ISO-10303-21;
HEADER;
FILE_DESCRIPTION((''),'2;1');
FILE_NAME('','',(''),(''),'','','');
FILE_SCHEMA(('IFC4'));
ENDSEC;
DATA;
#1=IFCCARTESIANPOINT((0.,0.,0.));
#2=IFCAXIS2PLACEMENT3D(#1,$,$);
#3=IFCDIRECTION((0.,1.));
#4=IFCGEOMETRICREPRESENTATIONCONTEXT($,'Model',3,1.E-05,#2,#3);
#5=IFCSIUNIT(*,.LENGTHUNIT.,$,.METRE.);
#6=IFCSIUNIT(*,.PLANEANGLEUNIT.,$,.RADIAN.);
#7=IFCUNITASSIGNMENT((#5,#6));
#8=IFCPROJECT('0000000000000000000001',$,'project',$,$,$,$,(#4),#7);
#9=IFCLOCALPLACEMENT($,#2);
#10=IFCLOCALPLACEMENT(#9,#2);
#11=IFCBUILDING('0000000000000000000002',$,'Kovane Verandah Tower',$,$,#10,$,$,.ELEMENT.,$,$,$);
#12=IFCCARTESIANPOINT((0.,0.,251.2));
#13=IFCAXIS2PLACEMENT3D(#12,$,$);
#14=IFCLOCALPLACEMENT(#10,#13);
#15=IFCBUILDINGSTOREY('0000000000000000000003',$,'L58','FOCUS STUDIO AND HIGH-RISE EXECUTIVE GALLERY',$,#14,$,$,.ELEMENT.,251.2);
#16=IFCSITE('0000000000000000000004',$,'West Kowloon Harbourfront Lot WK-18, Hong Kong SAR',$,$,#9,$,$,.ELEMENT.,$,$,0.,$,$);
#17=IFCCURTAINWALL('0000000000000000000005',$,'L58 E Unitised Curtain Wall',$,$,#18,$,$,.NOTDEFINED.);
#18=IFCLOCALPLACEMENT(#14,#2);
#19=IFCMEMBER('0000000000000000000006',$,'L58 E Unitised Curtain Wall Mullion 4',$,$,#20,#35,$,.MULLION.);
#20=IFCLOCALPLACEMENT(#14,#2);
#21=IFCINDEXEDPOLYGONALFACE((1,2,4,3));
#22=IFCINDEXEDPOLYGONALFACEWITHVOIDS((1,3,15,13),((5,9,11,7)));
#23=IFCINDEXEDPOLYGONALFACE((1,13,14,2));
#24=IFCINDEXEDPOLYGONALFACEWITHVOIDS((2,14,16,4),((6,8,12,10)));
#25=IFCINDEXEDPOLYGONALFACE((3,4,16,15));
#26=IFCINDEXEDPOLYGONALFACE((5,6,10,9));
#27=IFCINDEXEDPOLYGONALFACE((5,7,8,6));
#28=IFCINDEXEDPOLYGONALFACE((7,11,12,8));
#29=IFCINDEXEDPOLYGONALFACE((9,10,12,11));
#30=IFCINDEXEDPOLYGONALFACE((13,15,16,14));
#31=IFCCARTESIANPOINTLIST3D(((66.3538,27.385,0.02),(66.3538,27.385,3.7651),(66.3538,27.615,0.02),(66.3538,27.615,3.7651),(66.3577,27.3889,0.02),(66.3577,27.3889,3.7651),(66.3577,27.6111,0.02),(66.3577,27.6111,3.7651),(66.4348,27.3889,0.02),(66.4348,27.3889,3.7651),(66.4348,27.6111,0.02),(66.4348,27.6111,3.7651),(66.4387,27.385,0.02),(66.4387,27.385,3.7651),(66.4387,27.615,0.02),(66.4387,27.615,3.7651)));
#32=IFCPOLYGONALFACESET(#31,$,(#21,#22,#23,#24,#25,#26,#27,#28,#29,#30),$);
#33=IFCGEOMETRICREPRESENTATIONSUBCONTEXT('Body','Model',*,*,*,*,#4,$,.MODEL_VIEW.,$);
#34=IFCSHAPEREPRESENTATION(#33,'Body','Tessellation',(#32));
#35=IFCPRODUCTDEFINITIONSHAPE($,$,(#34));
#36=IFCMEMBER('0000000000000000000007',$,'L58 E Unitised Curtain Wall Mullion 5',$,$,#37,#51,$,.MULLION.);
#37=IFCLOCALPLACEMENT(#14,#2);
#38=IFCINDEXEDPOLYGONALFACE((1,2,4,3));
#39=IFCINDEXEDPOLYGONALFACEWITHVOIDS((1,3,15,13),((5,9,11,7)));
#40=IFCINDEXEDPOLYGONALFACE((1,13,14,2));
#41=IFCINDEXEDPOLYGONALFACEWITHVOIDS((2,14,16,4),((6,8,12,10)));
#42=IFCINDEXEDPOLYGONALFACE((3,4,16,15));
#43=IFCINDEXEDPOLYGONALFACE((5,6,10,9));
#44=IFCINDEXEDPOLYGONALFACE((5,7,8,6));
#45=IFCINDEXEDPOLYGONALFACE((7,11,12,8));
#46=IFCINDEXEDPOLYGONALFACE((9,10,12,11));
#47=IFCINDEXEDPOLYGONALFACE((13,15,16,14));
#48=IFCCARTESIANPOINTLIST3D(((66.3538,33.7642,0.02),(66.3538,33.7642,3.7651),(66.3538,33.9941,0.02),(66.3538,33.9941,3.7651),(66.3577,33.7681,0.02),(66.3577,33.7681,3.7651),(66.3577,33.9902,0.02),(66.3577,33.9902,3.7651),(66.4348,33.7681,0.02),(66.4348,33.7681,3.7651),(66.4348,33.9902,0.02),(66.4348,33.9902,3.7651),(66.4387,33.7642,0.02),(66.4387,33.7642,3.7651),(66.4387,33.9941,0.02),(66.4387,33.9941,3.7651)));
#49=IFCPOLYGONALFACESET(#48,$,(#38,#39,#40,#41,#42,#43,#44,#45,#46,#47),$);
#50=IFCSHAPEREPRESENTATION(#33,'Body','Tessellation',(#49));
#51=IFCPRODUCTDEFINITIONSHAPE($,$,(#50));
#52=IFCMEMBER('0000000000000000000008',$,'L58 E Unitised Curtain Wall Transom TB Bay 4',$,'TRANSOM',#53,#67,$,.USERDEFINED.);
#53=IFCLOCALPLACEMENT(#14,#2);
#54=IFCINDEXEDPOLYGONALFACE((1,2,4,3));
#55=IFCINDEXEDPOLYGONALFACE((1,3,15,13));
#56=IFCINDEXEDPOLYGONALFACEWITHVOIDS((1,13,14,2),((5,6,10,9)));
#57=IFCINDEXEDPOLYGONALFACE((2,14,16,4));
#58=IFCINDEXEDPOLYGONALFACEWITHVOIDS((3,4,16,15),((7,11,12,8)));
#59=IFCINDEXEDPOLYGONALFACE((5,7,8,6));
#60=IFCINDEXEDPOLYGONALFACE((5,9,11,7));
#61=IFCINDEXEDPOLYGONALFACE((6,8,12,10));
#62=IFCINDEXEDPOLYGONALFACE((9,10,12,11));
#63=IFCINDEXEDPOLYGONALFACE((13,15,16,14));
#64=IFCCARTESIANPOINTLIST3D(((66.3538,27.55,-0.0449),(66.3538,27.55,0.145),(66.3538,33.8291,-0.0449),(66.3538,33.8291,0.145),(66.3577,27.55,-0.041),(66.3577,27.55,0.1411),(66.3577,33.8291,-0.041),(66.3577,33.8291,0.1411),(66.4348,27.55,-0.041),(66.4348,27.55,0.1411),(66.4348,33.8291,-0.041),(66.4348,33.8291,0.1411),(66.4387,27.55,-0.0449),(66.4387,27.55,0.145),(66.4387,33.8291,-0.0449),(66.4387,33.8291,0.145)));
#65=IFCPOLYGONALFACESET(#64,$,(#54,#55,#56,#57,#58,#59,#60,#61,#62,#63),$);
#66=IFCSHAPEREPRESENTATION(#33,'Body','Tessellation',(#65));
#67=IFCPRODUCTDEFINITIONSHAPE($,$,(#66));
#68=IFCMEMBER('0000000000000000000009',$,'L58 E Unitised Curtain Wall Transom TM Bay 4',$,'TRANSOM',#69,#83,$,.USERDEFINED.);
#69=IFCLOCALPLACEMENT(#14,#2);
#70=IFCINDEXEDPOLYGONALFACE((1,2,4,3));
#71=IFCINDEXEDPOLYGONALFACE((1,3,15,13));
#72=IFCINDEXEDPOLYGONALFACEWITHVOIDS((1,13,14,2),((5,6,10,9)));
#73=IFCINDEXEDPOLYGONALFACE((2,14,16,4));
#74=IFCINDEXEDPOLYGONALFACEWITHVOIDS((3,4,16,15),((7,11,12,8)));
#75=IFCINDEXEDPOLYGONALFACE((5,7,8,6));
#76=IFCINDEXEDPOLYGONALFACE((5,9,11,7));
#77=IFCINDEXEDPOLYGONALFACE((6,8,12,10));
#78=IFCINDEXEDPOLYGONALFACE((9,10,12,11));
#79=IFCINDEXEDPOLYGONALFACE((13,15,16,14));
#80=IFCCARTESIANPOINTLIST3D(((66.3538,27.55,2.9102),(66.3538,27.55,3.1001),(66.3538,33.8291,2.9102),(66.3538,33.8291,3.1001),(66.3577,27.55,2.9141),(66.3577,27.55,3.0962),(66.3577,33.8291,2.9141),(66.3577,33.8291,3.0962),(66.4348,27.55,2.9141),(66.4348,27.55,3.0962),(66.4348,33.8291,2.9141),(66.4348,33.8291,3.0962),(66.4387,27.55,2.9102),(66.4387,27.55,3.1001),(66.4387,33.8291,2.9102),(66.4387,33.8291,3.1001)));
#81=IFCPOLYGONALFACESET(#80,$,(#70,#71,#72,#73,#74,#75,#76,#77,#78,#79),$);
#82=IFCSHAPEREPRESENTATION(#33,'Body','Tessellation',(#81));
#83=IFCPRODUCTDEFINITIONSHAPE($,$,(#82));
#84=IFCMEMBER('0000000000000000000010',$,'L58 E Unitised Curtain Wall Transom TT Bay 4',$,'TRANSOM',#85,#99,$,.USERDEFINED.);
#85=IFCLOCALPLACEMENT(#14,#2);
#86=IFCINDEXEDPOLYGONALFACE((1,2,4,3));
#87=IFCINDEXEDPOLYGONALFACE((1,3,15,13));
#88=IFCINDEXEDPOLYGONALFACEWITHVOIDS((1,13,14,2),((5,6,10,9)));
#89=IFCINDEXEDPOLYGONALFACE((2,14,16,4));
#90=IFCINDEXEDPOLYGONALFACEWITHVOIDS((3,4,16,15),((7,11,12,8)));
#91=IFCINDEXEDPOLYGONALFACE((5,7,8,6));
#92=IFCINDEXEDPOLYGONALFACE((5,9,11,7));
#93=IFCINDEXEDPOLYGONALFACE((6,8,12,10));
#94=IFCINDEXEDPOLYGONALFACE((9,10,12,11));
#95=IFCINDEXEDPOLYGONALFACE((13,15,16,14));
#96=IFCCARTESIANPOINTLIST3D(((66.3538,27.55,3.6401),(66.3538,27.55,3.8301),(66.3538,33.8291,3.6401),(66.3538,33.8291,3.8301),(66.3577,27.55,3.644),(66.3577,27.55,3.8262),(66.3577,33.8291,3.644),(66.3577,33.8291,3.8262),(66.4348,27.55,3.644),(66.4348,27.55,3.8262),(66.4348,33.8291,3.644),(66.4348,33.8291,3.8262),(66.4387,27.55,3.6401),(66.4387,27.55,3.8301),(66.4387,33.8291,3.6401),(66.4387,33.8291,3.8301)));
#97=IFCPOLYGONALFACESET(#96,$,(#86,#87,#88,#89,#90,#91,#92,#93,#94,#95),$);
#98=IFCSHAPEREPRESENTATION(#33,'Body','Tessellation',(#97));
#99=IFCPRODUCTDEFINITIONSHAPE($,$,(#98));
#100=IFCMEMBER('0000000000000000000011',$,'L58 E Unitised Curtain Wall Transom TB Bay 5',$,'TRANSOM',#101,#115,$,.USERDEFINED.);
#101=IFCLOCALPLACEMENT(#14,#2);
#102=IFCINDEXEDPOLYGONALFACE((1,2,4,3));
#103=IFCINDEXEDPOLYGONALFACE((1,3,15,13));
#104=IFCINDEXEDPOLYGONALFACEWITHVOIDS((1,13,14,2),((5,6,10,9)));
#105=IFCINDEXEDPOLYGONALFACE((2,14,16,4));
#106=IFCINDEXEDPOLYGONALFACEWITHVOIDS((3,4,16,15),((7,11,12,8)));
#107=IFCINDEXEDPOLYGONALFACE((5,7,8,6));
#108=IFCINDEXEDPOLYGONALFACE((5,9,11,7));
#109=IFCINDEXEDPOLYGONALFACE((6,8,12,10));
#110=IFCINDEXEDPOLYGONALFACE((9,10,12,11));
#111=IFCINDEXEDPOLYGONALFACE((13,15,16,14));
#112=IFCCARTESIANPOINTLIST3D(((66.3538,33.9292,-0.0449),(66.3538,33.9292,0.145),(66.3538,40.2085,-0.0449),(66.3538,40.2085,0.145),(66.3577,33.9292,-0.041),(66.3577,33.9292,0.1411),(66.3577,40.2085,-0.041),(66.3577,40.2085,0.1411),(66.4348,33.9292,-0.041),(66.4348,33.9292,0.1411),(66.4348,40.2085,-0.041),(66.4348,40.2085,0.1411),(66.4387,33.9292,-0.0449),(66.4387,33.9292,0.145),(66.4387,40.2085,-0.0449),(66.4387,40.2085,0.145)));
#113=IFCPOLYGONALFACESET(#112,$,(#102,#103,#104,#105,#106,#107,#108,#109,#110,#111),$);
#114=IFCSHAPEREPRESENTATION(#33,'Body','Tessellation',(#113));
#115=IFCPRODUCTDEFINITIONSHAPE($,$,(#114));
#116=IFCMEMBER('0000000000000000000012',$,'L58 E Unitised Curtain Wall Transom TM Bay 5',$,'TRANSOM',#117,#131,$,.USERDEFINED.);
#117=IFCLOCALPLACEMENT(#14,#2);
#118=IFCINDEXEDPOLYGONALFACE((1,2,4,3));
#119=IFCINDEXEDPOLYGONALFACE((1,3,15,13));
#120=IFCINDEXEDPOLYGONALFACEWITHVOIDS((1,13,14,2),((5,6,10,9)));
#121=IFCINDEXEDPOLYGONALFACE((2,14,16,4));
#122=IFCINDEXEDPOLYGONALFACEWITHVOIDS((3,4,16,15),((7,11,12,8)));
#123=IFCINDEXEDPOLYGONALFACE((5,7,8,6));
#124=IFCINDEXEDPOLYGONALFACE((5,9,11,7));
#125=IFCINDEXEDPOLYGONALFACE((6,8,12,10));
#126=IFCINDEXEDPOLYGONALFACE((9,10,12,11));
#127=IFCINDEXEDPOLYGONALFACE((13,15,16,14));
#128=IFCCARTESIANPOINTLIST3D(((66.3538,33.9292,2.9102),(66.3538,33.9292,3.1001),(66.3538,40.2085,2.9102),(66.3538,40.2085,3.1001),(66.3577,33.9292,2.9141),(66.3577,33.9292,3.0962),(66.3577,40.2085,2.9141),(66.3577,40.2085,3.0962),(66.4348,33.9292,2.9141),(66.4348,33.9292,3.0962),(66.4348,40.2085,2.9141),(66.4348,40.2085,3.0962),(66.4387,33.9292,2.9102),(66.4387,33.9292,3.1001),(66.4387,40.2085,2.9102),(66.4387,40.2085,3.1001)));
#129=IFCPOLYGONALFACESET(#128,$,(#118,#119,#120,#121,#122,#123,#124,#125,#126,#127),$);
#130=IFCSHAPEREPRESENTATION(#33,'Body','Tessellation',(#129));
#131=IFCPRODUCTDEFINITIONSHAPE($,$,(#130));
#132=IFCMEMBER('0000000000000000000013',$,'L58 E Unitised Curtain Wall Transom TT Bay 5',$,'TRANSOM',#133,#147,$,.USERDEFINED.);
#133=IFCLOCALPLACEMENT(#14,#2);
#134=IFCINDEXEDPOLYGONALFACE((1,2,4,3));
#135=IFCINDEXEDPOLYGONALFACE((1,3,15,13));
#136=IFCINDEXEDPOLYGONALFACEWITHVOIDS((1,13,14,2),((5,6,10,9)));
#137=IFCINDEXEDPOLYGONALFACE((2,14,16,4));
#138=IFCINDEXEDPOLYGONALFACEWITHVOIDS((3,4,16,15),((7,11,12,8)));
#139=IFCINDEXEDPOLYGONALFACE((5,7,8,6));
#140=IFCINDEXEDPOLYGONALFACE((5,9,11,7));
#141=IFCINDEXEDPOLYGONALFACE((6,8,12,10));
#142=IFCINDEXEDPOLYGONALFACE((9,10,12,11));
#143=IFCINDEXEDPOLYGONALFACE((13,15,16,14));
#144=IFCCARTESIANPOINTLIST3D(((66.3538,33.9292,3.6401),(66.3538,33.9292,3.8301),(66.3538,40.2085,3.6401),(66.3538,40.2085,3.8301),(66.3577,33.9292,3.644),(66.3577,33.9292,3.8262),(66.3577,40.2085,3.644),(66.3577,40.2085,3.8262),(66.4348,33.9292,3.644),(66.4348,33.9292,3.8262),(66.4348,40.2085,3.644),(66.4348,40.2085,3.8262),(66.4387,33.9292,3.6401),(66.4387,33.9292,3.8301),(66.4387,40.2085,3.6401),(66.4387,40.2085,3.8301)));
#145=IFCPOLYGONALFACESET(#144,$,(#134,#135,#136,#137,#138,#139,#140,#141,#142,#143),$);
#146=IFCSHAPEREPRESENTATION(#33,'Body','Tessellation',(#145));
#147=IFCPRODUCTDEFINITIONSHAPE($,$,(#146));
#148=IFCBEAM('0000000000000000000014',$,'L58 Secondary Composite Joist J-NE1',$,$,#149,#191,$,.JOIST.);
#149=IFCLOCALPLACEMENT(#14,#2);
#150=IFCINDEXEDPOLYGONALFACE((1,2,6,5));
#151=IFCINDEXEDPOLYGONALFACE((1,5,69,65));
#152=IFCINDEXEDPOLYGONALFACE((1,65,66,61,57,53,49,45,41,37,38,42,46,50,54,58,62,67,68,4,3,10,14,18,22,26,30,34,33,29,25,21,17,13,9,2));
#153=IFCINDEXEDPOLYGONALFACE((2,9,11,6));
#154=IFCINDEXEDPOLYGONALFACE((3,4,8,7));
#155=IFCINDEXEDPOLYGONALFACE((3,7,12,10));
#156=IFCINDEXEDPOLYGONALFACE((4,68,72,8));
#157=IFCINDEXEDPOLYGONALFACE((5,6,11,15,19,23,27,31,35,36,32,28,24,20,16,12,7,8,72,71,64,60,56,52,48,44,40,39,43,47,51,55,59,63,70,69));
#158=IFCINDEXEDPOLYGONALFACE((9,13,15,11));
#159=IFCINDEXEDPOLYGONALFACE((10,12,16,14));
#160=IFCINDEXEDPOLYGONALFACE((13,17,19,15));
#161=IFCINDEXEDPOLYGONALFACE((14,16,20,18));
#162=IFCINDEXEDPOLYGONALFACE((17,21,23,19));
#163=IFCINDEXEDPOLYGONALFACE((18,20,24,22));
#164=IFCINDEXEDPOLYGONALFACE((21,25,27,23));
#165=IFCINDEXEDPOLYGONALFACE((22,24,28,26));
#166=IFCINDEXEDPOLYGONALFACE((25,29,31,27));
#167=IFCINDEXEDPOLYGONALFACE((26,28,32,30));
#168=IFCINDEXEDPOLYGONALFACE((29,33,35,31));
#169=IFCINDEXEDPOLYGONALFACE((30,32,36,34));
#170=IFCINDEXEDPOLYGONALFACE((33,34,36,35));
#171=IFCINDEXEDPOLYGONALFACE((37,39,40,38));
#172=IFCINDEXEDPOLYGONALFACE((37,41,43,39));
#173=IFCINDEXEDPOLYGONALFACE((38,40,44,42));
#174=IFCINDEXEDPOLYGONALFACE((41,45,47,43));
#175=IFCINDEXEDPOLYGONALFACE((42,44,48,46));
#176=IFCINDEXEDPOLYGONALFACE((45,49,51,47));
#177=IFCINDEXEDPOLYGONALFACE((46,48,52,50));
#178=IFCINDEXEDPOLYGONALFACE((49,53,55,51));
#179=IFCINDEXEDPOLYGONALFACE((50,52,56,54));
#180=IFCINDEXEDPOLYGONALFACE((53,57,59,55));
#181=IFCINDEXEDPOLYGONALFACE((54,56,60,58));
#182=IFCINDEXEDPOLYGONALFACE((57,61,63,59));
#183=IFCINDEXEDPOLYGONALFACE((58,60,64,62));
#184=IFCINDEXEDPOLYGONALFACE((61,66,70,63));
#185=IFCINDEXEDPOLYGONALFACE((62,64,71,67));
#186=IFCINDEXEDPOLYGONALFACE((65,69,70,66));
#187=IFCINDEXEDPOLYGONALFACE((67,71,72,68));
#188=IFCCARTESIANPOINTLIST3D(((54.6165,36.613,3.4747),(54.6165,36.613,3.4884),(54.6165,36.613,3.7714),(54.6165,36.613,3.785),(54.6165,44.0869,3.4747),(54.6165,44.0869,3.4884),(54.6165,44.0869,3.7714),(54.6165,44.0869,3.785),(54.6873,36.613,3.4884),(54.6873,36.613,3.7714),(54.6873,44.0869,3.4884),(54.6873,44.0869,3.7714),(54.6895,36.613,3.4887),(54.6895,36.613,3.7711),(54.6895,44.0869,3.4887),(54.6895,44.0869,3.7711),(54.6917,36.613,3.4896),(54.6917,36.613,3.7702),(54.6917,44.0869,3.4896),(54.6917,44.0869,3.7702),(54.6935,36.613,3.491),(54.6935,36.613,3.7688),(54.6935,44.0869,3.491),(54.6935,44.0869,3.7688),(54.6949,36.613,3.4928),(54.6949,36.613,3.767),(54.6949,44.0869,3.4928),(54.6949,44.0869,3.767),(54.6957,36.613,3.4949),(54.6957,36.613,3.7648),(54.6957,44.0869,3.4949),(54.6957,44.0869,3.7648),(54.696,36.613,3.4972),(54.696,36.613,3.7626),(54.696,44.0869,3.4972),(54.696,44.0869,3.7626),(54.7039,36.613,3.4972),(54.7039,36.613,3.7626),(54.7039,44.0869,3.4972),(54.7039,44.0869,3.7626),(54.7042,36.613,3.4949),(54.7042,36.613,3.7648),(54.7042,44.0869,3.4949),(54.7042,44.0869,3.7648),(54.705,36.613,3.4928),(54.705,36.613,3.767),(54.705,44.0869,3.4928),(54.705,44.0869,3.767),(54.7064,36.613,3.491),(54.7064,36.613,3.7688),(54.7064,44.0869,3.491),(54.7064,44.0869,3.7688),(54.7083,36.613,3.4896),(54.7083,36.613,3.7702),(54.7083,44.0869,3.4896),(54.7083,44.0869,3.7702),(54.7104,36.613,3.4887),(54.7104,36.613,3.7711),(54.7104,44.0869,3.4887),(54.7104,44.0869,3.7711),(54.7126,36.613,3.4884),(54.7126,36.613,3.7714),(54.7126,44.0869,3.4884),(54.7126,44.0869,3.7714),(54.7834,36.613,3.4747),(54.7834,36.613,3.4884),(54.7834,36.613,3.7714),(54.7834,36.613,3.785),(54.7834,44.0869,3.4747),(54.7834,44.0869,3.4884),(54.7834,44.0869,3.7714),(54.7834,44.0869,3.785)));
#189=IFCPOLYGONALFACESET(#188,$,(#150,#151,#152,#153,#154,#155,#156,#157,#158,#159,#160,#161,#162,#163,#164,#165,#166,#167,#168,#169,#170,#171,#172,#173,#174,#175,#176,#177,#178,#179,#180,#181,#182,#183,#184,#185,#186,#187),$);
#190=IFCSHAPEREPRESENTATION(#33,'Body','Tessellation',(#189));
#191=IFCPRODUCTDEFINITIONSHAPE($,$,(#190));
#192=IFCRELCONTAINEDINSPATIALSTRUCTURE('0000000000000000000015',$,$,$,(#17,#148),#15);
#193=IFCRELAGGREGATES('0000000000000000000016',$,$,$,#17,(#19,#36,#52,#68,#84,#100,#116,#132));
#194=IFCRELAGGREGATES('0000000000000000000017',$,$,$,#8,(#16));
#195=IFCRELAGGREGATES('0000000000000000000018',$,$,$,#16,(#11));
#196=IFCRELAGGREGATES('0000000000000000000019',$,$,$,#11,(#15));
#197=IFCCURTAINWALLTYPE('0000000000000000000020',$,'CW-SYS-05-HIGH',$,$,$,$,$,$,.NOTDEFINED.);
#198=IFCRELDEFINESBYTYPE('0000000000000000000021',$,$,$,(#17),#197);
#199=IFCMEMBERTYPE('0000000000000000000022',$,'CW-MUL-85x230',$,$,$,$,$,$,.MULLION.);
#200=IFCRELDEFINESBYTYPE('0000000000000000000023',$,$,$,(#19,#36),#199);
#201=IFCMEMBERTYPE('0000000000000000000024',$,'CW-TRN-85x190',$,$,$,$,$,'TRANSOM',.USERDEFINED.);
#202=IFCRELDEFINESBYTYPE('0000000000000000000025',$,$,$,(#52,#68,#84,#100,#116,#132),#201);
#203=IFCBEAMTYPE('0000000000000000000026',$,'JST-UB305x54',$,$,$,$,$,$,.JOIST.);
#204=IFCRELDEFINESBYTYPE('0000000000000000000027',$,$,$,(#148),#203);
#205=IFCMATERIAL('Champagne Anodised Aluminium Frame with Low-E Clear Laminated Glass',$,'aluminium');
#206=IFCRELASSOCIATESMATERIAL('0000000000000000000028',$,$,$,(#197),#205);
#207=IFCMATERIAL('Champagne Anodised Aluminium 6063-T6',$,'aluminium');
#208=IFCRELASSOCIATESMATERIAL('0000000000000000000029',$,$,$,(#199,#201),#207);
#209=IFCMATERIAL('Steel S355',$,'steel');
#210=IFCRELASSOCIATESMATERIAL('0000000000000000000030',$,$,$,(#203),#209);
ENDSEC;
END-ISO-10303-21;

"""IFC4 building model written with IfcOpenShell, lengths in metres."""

from ifc_helpers import new_model, si_unit, direction, frame, origin, origin_2d, place, context, subcontext, project, spatial, hollow_rectangle, i_section, extrude, material, material_profile, profile_set, type_object, element, aggregate, save


model = new_model("IFC4")

# Units and contexts
model_context = context("Model", 3, precision=1e-05, world=origin(), true_north=direction((0.0, 1.0)))
body_context = subcontext(model_context, "Body", "Model", "MODEL_VIEW")
ifc_project = project(units=[si_unit("LENGTHUNIT", "METRE"), si_unit("PLANEANGLEUNIT", "RADIAN")], contexts=[model_context])

# Site, building, storey
site_placement = place(None, origin())
site = spatial("IfcSite", under=ifc_project, at=site_placement, Name="West Kowloon Harbourfront Lot WK-18, Hong Kong SAR", CompositionType="ELEMENT", RefElevation=0.0)
building_placement = place(site_placement, origin())
building = spatial("IfcBuilding", under=site, at=building_placement, Name="Kovane Verandah Tower", CompositionType="ELEMENT")
storey_placement = place(building_placement, frame((0.0, 0.0, 251.2)))
storey = spatial("IfcBuildingStorey", under=building, at=storey_placement, Name="L58", Description="FOCUS STUDIO AND HIGH-RISE EXECUTIVE GALLERY", CompositionType="ELEMENT", Elevation=251.2)

# Shared definitions
ifc_material_1 = material(Name="Steel S355", Category="steel")

# Curtain wall, members
ifc_material_2 = material(Name="Champagne Anodised Aluminium Frame with Low-E Clear Laminated Glass", Category="aluminium")
curtain_wall_type = type_object("IfcCurtainWallType", Name="CW-SYS-05-HIGH", PredefinedType="NOTDEFINED", material=ifc_material_2)
curtain_wall_placement = place(storey_placement, origin())
curtain_wall = element("IfcCurtainWall", 1, at=curtain_wall_placement, inside=storey, type_object=curtain_wall_type, Name="L58 E Unitised Curtain Wall", PredefinedType="NOTDEFINED")
ifc_material_3 = material(Name="Champagne Anodised Aluminium 6063-T6", Category="aluminium")
ifc_material_profile_1 = material_profile(ifc_material_3, hollow_rectangle(XDim=0.085, YDim=0.23, WallThickness=0.0039, at=origin_2d()), Name="AL85x230x4")
ifc_profile_set_1 = profile_set([ifc_material_profile_1], Name="Champagne Anodised Aluminium 6063-T6")
member_type_1 = type_object("IfcMemberType", Name="CW-MUL-85x230", PredefinedType="MULLION", material=ifc_profile_set_1)
member_1_placement = place(storey_placement, frame((66.3962, 27.5, 0.02), z_axis=(0.0, 0.0, 1.0), x_axis=(1.0, 0.0, 0.0)))
member_1 = element("IfcMember", 2, at=member_1_placement, type_object=member_type_1, Name="L58 E Unitised Curtain Wall Mullion 4", PredefinedType="MULLION", context=body_context, shape_type="SweptSolid", body=[
    extrude(hollow_rectangle(XDim=0.085, YDim=0.23, WallThickness=0.0039, at=origin_2d()), origin(), (0.0, 0.0, 1.0), 3.7451),
])
member_2_placement = place(storey_placement, frame((66.3962, 33.8792, 0.02), z_axis=(0.0, 0.0, 1.0), x_axis=(1.0, 0.0, 0.0)))
member_2 = element("IfcMember", 3, at=member_2_placement, type_object=member_type_1, Name="L58 E Unitised Curtain Wall Mullion 5", PredefinedType="MULLION", context=body_context, shape_type="SweptSolid", body=[
    extrude(hollow_rectangle(XDim=0.085, YDim=0.23, WallThickness=0.0039, at=origin_2d()), origin(), (0.0, 0.0, 1.0), 3.7451),
])
ifc_material_profile_2 = material_profile(ifc_material_3, hollow_rectangle(XDim=0.085, YDim=0.1899, WallThickness=0.0039, at=origin_2d()), Name="AL85x190x4")
ifc_profile_set_2 = profile_set([ifc_material_profile_2], Name="Champagne Anodised Aluminium 6063-T6")
member_type_2 = type_object("IfcMemberType", Name="CW-TRN-85x190", ElementType="TRANSOM", PredefinedType="USERDEFINED", material=ifc_profile_set_2)
member_3_placement = place(storey_placement, frame((66.3962, 27.55, 0.05), z_axis=(0.0, 1.0, 0.0), x_axis=(-1.0, 0.0, 0.0)))
member_3 = element("IfcMember", 4, at=member_3_placement, type_object=member_type_2, Name="L58 E Unitised Curtain Wall Transom TB Bay 4", ObjectType="TRANSOM", PredefinedType="USERDEFINED", context=body_context, shape_type="SweptSolid", body=[
    extrude(hollow_rectangle(XDim=0.085, YDim=0.1899, WallThickness=0.0039, at=origin_2d()), origin(), (0.0, 0.0, 1.0), 6.2791),
])
member_4_placement = place(storey_placement, frame((66.3962, 27.55, 3.0051), z_axis=(0.0, 1.0, 0.0), x_axis=(-1.0, 0.0, 0.0)))
member_4 = element("IfcMember", 5, at=member_4_placement, type_object=member_type_2, Name="L58 E Unitised Curtain Wall Transom TM Bay 4", ObjectType="TRANSOM", PredefinedType="USERDEFINED", context=body_context, shape_type="SweptSolid", body=[
    extrude(hollow_rectangle(XDim=0.085, YDim=0.1899, WallThickness=0.0039, at=origin_2d()), origin(), (0.0, 0.0, 1.0), 6.2791),
])
member_5_placement = place(storey_placement, frame((66.3962, 27.55, 3.7351), z_axis=(0.0, 1.0, 0.0), x_axis=(-1.0, 0.0, 0.0)))
member_5 = element("IfcMember", 6, at=member_5_placement, type_object=member_type_2, Name="L58 E Unitised Curtain Wall Transom TT Bay 4", ObjectType="TRANSOM", PredefinedType="USERDEFINED", context=body_context, shape_type="SweptSolid", body=[
    extrude(hollow_rectangle(XDim=0.085, YDim=0.1899, WallThickness=0.0039, at=origin_2d()), origin(), (0.0, 0.0, 1.0), 6.2791),
])
member_6_placement = place(storey_placement, frame((66.3962, 33.9292, 0.05), z_axis=(0.0, 1.0, 0.0), x_axis=(-1.0, 0.0, 0.0)))
member_6 = element("IfcMember", 7, at=member_6_placement, type_object=member_type_2, Name="L58 E Unitised Curtain Wall Transom TB Bay 5", ObjectType="TRANSOM", PredefinedType="USERDEFINED", context=body_context, shape_type="SweptSolid", body=[
    extrude(hollow_rectangle(XDim=0.085, YDim=0.1899, WallThickness=0.0039, at=origin_2d()), origin(), (0.0, 0.0, 1.0), 6.2793),
])
member_7_placement = place(storey_placement, frame((66.3962, 33.9292, 3.0051), z_axis=(0.0, 1.0, 0.0), x_axis=(-1.0, 0.0, 0.0)))
member_7 = element("IfcMember", 8, at=member_7_placement, type_object=member_type_2, Name="L58 E Unitised Curtain Wall Transom TM Bay 5", ObjectType="TRANSOM", PredefinedType="USERDEFINED", context=body_context, shape_type="SweptSolid", body=[
    extrude(hollow_rectangle(XDim=0.085, YDim=0.1899, WallThickness=0.0039, at=origin_2d()), origin(), (0.0, 0.0, 1.0), 6.2793),
])
member_8_placement = place(storey_placement, frame((66.3962, 33.9292, 3.7351), z_axis=(0.0, 1.0, 0.0), x_axis=(-1.0, 0.0, 0.0)))
member_8 = element("IfcMember", 9, at=member_8_placement, type_object=member_type_2, Name="L58 E Unitised Curtain Wall Transom TT Bay 5", ObjectType="TRANSOM", PredefinedType="USERDEFINED", context=body_context, shape_type="SweptSolid", body=[
    extrude(hollow_rectangle(XDim=0.085, YDim=0.1899, WallThickness=0.0039, at=origin_2d()), origin(), (0.0, 0.0, 1.0), 6.2793),
])

# Beam
ifc_material_profile_3 = material_profile(ifc_material_1, i_section(OverallWidth=0.167, OverallDepth=0.3103, WebThickness=0.0078, FlangeThickness=0.0137, FilletRadius=0.0088, at=origin_2d()), Name="UB305x165x54")
ifc_profile_set_3 = profile_set([ifc_material_profile_3], Name="Steel S355")
beam_type_1 = type_object("IfcBeamType", Name="JST-UB305x54", PredefinedType="JOIST", material=ifc_profile_set_3)
beam_1_placement = place(storey_placement, frame((54.7, 36.613, 3.6299), z_axis=(0.0, 1.0, 0.0), x_axis=(-1.0, 0.0, 0.0)))
element("IfcBeam", 10, at=beam_1_placement, inside=storey, type_object=beam_type_1, Name="L58 Secondary Composite Joist J-NE1", PredefinedType="JOIST", context=body_context, shape_type="SweptSolid", body=[
    extrude(i_section(OverallWidth=0.167, OverallDepth=0.3103, WebThickness=0.0078, FlangeThickness=0.0137, FilletRadius=0.0088, at=origin_2d()), origin(), (0.0, 0.0, 1.0), 7.4739),
])

aggregate(curtain_wall, [member_1, member_2, member_3, member_4, member_5, member_6, member_7, member_8])

save(model, "model.ifc")
